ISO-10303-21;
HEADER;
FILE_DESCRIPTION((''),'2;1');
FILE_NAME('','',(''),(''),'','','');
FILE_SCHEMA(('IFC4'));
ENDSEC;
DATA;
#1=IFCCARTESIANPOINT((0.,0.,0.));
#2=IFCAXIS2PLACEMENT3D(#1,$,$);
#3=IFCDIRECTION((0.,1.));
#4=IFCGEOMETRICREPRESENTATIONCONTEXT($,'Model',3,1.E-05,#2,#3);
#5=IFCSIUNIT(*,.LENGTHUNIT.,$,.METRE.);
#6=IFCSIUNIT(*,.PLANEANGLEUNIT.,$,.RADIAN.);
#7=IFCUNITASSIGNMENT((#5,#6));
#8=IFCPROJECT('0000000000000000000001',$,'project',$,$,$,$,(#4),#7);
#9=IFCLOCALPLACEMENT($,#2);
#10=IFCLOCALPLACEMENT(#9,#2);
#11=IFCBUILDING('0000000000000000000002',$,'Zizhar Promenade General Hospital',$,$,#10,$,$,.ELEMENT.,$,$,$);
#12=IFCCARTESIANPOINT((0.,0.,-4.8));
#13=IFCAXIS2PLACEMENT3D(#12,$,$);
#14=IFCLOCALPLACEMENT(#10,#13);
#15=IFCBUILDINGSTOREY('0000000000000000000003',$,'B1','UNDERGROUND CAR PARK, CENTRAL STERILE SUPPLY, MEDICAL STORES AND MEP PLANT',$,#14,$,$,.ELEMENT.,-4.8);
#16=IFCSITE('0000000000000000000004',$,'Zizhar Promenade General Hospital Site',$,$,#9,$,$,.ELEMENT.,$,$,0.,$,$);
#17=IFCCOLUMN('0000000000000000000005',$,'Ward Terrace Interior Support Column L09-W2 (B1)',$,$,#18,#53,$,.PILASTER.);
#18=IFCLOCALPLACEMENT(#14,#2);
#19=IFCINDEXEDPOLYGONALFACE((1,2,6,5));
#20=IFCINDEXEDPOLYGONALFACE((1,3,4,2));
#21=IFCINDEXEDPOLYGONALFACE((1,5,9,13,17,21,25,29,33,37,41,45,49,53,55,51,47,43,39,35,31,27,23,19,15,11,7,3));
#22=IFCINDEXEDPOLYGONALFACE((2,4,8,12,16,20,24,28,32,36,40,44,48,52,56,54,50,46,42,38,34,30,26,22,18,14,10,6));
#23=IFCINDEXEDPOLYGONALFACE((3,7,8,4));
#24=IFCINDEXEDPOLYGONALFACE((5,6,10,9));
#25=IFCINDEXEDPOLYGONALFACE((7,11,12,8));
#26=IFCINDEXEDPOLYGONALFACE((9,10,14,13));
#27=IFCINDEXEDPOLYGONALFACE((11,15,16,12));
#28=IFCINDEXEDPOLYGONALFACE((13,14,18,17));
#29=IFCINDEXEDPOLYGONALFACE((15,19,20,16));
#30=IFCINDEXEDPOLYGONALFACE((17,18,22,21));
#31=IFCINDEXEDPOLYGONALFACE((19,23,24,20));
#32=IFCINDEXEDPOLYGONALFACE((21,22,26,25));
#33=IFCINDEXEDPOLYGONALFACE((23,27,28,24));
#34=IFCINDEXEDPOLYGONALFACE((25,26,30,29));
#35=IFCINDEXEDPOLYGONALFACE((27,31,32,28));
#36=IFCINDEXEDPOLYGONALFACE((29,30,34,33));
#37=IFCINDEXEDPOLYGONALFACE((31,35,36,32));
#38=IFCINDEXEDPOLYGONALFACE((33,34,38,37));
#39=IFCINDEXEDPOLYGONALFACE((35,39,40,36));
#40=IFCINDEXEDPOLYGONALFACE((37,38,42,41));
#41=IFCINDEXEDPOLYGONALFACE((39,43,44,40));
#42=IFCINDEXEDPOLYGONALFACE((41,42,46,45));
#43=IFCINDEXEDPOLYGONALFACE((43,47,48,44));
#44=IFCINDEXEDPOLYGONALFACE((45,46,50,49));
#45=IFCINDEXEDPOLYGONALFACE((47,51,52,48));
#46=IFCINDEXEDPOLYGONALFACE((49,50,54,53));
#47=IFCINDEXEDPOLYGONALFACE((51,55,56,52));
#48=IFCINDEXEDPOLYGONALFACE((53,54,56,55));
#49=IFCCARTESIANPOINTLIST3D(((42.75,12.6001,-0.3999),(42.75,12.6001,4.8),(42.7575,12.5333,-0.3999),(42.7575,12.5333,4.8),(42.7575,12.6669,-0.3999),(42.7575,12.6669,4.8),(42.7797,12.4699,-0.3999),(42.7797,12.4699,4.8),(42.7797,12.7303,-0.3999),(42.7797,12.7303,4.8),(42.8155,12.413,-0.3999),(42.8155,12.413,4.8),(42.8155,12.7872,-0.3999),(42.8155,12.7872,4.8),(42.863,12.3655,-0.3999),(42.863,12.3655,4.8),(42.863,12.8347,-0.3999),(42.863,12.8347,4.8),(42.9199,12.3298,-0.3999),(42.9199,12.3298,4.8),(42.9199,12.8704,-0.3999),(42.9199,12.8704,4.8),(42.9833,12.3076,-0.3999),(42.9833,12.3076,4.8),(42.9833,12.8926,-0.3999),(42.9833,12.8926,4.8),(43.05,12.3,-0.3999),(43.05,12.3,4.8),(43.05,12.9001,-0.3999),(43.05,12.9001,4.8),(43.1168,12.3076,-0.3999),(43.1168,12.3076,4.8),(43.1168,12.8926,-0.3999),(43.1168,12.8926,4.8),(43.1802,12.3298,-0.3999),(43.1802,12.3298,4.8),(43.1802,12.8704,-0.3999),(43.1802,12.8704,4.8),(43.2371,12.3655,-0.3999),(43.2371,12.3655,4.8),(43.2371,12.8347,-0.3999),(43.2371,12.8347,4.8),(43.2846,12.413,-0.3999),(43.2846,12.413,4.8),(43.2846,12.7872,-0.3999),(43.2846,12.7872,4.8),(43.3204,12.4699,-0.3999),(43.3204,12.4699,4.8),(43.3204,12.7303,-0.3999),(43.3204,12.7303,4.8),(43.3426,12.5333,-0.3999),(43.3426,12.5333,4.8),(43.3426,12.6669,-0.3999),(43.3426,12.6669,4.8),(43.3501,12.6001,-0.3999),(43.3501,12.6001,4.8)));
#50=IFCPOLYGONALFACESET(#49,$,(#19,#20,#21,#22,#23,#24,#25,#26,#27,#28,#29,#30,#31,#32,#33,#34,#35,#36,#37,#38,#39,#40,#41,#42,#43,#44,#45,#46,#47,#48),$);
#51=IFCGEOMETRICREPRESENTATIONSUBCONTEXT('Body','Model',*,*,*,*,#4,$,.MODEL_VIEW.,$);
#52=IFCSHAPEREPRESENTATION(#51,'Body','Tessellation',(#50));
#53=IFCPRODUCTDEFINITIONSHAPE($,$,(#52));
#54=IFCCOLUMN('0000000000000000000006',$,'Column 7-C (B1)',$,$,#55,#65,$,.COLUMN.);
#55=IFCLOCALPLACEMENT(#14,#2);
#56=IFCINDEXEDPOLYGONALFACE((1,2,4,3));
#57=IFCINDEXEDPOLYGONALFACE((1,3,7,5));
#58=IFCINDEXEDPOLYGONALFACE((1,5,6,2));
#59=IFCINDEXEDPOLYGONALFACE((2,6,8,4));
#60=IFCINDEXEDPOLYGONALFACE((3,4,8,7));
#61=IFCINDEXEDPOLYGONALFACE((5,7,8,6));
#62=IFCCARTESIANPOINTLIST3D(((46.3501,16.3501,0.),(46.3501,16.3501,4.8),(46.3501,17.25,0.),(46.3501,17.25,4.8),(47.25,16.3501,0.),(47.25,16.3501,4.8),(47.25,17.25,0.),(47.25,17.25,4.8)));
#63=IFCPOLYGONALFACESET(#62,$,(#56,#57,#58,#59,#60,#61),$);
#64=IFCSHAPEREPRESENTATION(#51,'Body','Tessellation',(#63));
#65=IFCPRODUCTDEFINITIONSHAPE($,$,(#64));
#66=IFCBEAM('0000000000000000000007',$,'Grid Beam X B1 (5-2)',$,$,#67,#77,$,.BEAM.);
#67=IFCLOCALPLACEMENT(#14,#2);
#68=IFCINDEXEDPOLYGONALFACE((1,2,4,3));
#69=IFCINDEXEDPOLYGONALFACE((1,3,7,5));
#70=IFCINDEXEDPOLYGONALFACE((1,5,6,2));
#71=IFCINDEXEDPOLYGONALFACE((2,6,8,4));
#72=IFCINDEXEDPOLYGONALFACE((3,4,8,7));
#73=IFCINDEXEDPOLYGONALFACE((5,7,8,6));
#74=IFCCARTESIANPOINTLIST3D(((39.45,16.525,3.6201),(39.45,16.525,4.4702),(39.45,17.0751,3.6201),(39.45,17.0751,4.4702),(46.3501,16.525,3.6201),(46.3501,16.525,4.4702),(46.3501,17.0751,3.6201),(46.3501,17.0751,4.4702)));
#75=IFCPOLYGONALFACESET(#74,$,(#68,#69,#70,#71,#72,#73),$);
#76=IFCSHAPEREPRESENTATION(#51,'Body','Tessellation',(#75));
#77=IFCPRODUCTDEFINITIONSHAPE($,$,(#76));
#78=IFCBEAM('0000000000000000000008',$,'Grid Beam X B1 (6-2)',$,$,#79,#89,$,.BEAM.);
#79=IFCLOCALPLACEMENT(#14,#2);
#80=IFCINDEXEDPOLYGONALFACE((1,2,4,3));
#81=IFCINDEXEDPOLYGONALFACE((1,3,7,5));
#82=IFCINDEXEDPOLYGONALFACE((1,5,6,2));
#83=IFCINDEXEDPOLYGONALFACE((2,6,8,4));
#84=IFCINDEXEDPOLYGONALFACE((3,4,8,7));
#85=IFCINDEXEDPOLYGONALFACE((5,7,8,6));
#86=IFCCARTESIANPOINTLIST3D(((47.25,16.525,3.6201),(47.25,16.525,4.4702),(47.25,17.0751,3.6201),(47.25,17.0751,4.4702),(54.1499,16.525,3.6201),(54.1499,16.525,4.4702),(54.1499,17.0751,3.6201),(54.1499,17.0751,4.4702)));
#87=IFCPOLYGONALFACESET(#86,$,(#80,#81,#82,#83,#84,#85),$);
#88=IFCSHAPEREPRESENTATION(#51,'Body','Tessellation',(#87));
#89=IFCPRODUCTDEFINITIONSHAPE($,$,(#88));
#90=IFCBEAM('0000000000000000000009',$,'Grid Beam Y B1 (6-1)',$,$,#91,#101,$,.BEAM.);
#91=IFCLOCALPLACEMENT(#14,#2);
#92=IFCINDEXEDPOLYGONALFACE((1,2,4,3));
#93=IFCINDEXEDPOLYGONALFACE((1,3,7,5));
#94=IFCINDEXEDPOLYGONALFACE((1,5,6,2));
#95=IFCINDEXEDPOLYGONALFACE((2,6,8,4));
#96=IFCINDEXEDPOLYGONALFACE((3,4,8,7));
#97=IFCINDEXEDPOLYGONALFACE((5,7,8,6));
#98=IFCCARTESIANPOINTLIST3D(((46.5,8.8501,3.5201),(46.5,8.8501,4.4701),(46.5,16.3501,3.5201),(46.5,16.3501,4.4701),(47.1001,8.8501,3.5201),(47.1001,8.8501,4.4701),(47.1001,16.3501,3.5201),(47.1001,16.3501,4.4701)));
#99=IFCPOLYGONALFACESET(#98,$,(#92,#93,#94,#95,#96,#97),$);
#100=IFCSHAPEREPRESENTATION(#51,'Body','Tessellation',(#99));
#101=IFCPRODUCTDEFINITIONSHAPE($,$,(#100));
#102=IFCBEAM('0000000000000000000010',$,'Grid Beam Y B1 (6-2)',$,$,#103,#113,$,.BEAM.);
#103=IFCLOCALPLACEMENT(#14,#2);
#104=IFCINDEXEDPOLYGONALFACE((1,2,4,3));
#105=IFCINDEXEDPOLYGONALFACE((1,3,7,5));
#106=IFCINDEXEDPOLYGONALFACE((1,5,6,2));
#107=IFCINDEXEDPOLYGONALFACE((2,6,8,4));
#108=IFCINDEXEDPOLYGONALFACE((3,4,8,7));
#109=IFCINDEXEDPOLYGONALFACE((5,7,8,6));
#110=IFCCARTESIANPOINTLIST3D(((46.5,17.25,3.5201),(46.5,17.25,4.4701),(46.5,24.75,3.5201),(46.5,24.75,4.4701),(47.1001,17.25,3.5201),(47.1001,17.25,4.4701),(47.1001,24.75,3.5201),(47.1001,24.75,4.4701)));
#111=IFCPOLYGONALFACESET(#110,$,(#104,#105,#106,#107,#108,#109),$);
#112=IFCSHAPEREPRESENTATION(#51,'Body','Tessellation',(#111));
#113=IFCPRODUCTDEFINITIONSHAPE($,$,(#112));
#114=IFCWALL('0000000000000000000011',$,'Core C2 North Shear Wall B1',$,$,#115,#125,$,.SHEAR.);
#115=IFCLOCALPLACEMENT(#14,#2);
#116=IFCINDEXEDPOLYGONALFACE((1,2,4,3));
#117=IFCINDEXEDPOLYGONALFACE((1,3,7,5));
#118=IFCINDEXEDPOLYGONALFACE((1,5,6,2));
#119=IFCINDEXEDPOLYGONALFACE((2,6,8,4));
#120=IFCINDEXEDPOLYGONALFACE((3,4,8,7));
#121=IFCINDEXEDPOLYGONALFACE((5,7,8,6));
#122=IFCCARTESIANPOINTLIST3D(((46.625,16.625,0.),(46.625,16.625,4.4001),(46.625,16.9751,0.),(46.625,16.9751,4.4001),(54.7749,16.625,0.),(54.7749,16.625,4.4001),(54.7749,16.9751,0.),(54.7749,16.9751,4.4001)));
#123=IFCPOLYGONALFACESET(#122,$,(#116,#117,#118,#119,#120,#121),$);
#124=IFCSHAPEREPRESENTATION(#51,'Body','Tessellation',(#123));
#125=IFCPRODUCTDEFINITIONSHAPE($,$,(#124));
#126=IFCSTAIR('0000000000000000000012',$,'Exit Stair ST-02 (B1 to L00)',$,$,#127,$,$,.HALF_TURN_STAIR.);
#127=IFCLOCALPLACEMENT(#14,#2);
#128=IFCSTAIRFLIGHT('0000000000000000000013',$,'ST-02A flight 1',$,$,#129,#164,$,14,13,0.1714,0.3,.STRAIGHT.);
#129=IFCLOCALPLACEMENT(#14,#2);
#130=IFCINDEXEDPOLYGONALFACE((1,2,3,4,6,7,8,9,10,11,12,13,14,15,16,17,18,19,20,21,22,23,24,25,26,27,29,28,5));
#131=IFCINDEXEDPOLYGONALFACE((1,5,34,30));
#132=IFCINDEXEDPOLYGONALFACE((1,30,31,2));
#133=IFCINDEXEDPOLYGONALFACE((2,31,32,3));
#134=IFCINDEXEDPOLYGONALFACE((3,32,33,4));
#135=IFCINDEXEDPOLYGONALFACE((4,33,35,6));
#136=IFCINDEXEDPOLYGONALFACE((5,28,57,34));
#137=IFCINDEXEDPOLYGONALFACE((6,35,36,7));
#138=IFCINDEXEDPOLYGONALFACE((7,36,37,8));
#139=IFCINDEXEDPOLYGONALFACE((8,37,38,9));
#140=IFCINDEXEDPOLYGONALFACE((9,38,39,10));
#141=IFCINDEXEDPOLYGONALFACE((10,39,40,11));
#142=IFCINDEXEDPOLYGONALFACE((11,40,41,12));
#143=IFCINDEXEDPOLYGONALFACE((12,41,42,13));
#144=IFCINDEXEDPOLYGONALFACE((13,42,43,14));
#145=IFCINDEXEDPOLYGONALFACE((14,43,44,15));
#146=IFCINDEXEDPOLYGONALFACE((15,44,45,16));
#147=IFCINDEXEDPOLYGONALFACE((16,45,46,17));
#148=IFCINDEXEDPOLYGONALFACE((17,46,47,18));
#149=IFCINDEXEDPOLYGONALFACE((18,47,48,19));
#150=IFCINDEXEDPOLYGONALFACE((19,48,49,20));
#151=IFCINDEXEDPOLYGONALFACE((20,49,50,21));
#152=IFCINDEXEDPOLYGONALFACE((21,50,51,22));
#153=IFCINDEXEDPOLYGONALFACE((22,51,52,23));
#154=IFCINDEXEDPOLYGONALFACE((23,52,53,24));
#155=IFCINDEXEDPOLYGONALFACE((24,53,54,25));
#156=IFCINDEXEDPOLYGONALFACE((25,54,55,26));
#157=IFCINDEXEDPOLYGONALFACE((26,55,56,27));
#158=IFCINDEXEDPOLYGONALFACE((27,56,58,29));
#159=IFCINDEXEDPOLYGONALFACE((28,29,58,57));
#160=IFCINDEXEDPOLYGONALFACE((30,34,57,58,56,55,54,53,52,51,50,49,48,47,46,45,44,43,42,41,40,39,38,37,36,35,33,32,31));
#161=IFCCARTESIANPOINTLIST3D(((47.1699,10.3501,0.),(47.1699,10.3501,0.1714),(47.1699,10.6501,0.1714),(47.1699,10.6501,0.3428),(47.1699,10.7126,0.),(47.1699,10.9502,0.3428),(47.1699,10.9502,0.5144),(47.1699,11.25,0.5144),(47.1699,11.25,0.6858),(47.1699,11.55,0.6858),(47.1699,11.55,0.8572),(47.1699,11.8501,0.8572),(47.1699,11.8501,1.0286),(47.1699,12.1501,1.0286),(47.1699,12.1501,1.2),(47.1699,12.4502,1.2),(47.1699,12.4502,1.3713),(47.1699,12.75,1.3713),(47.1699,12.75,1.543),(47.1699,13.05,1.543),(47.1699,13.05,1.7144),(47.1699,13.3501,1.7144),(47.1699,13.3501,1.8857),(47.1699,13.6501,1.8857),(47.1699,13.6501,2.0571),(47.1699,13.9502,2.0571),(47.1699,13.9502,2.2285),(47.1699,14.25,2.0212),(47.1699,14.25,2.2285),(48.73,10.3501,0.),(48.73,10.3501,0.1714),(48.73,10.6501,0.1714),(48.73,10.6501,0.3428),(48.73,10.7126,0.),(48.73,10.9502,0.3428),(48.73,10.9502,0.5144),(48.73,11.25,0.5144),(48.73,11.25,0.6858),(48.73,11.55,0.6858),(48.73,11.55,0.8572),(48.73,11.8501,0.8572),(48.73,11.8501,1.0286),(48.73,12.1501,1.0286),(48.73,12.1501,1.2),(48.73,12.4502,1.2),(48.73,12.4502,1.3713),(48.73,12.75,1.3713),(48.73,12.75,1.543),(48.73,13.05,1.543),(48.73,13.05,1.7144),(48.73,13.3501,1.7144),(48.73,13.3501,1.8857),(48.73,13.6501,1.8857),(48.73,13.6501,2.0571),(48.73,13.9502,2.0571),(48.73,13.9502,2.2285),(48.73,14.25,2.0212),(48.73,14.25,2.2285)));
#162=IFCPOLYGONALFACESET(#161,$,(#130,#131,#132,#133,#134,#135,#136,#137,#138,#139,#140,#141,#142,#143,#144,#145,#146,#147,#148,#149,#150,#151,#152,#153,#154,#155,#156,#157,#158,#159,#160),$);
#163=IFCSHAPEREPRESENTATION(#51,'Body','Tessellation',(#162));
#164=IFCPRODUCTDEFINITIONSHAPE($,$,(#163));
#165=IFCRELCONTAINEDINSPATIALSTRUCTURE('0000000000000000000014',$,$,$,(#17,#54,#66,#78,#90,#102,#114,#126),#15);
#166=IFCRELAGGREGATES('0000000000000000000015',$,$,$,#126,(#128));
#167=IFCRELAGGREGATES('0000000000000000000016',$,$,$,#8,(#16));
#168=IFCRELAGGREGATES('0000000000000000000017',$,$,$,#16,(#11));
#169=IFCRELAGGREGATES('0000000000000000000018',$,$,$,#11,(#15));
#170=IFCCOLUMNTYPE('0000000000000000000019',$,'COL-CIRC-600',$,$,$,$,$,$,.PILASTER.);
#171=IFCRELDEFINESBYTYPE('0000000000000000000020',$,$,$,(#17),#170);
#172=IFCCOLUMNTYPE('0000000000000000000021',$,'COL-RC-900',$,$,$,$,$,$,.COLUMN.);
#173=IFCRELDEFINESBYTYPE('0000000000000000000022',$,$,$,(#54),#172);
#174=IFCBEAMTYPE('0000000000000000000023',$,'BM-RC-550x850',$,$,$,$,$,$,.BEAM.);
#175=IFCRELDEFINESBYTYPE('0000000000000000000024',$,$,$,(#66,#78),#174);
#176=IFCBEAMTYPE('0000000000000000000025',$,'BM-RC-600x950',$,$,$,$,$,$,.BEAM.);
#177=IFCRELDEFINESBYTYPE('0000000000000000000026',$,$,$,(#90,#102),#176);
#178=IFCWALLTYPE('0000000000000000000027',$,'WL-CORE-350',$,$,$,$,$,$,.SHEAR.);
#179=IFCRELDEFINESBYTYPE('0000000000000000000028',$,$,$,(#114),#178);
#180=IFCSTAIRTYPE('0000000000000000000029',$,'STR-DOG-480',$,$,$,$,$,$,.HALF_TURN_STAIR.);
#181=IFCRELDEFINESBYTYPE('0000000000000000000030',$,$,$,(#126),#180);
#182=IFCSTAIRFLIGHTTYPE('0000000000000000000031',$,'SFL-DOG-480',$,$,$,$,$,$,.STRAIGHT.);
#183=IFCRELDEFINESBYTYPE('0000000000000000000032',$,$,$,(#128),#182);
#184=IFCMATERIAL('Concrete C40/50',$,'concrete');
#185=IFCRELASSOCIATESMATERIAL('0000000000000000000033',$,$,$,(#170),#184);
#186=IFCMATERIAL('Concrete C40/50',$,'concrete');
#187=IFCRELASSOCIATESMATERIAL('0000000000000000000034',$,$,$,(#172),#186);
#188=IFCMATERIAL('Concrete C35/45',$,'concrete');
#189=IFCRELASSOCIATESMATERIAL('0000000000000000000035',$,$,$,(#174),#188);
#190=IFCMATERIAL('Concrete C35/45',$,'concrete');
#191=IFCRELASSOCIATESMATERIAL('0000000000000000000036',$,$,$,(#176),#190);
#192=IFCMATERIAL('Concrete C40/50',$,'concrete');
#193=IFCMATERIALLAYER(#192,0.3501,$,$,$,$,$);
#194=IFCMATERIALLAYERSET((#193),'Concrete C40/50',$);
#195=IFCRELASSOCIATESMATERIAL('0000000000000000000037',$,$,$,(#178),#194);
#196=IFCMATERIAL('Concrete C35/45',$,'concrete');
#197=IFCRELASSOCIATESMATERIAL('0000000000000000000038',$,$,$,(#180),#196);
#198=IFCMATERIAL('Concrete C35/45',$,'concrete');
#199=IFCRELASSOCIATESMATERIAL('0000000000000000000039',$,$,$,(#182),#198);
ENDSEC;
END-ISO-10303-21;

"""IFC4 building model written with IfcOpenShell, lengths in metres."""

from ifc_helpers import new_model, si_unit, direction, frame, frame_2d, origin, origin_2d, place, context, subcontext, project, spatial, polyline, rectangle, circle, outline, extrude, material, layer, layer_set, material_profile, profile_set, type_object, element, aggregate, save


model = new_model("IFC4")

# Units and contexts
model_context = context("Model", 3, precision=1e-05, world=origin(), true_north=direction((0.0, 1.0)))
body_context = subcontext(model_context, "Body", "Model", "MODEL_VIEW")
ifc_project = project(units=[si_unit("LENGTHUNIT", "METRE"), si_unit("PLANEANGLEUNIT", "RADIAN")], contexts=[model_context])

# Site, building, storey
site_placement = place(None, origin())
site = spatial("IfcSite", under=ifc_project, at=site_placement, Name="Zizhar Promenade General Hospital Site", CompositionType="ELEMENT", RefElevation=0.0)
building_placement = place(site_placement, origin())
building = spatial("IfcBuilding", under=site, at=building_placement, Name="Zizhar Promenade General Hospital", CompositionType="ELEMENT")
storey_placement = place(building_placement, frame((0.0, 0.0, -4.8)))
storey = spatial("IfcBuildingStorey", under=building, at=storey_placement, Name="B1", Description="UNDERGROUND CAR PARK, CENTRAL STERILE SUPPLY, MEDICAL STORES AND MEP PLANT", CompositionType="ELEMENT", Elevation=-4.8)

# Columns
ifc_material_1 = material(Name="Concrete C40/50", Category="concrete")
ifc_material_profile_1 = material_profile(ifc_material_1, circle(Radius=0.3, at=origin_2d()))
ifc_profile_set_1 = profile_set([ifc_material_profile_1], Name="Concrete C40/50")
column_type_1 = type_object("IfcColumnType", Name="COL-CIRC-600", PredefinedType="PILASTER", material=ifc_profile_set_1)
column_1_placement = place(storey_placement, frame((43.05, 12.6001, -0.3999), z_axis=(0.0, 0.0, 1.0), x_axis=(1.0, 0.0, 0.0)))
element("IfcColumn", 1, at=column_1_placement, inside=storey, type_object=column_type_1, Name="Ward Terrace Interior Support Column L09-W2 (B1)", PredefinedType="PILASTER", context=body_context, shape_type="SweptSolid", body=[
    extrude(circle(Radius=0.3, at=origin_2d()), origin(), (0.0, 0.0, 1.0), 5.2),
])
ifc_material_2 = material(Name="Concrete C40/50", Category="concrete")
ifc_material_profile_2 = material_profile(ifc_material_2, rectangle(XDim=0.8999, YDim=0.8999, at=origin_2d()))
ifc_profile_set_2 = profile_set([ifc_material_profile_2], Name="Concrete C40/50")
column_type_2 = type_object("IfcColumnType", Name="COL-RC-900", PredefinedType="COLUMN", material=ifc_profile_set_2)
column_2_placement = place(storey_placement, frame((46.8, 16.8, 0.0), z_axis=(0.0, 0.0, 1.0), x_axis=(1.0, 0.0, 0.0)))
element("IfcColumn", 2, at=column_2_placement, inside=storey, type_object=column_type_2, Name="Column 7-C (B1)", PredefinedType="COLUMN", context=body_context, shape_type="SweptSolid", body=[
    extrude(rectangle(XDim=0.8999, YDim=0.8999, at=origin_2d()), origin(), (0.0, 0.0, 1.0), 4.8),
])

# Beams
ifc_material_3 = material(Name="Concrete C35/45", Category="concrete")
ifc_material_profile_3 = material_profile(ifc_material_3, rectangle(XDim=0.55, YDim=0.8501, at=origin_2d()))
ifc_profile_set_3 = profile_set([ifc_material_profile_3], Name="Concrete C35/45")
beam_type_1 = type_object("IfcBeamType", Name="BM-RC-550x850", PredefinedType="BEAM", material=ifc_profile_set_3)
beam_1_placement = place(storey_placement, frame((39.45, 16.8, 4.0452), z_axis=(1.0, 0.0, 0.0), x_axis=(0.0, 1.0, 0.0)))
element("IfcBeam", 3, at=beam_1_placement, inside=storey, type_object=beam_type_1, Name="Grid Beam X B1 (5-2)", PredefinedType="BEAM", context=body_context, shape_type="SweptSolid", body=[
    extrude(rectangle(XDim=0.55, YDim=0.8501, at=origin_2d()), origin(), (0.0, 0.0, 1.0), 6.9001),
])
beam_2_placement = place(storey_placement, frame((47.25, 16.8, 4.0452), z_axis=(1.0, 0.0, 0.0), x_axis=(0.0, 1.0, 0.0)))
element("IfcBeam", 4, at=beam_2_placement, inside=storey, type_object=beam_type_1, Name="Grid Beam X B1 (6-2)", PredefinedType="BEAM", context=body_context, shape_type="SweptSolid", body=[
    extrude(rectangle(XDim=0.55, YDim=0.8501, at=origin_2d()), origin(), (0.0, 0.0, 1.0), 6.8999),
])
ifc_material_4 = material(Name="Concrete C35/45", Category="concrete")
ifc_material_profile_4 = material_profile(ifc_material_4, rectangle(XDim=0.6001, YDim=0.95, at=origin_2d()))
ifc_profile_set_4 = profile_set([ifc_material_profile_4], Name="Concrete C35/45")
beam_type_2 = type_object("IfcBeamType", Name="BM-RC-600x950", PredefinedType="BEAM", material=ifc_profile_set_4)
for number, where, z_axis, x_axis, name in (
    (5, (46.8, 8.8501, 3.9951), (0.0, 1.0, 0.0), (-1.0, 0.0, 0.0), "Grid Beam Y B1 (6-1)"),
    (6, (46.8, 17.25, 3.9951), (0.0, 1.0, 0.0), (-1.0, 0.0, 0.0), "Grid Beam Y B1 (6-2)"),
):
    element("IfcBeam", number, at=place(storey_placement, frame(where, z_axis=z_axis, x_axis=x_axis)), inside=storey, type_object=beam_type_2, Name=name, PredefinedType="BEAM", context=body_context, shape_type="SweptSolid", body=[
        extrude(rectangle(XDim=0.6001, YDim=0.95, at=origin_2d()), origin(), (0.0, 0.0, 1.0), 7.5),
    ])

# Wall
ifc_material_5 = material(Name="Concrete C40/50", Category="concrete")
ifc_layer = layer(ifc_material_5, 0.3501)
ifc_layer_set = layer_set([ifc_layer], Name="Concrete C40/50")
wall_type = type_object("IfcWallType", Name="WL-CORE-350", PredefinedType="SHEAR", material=ifc_layer_set)
wall_placement = place(storey_placement, frame((46.625, 16.8, 0.0), z_axis=(0.0, 0.0, 1.0), x_axis=(1.0, 0.0, 0.0)))
element("IfcWall", 7, at=wall_placement, inside=storey, type_object=wall_type, Name="Core C2 North Shear Wall B1", PredefinedType="SHEAR", context=body_context, shape_type="SweptSolid", body=[
    extrude(rectangle(XDim=8.1499, YDim=0.3501, at=frame_2d((4.075, 0.0))), origin(), (0.0, 0.0, 1.0), 4.4001),
])

# Stair, stair flight
ifc_material_6 = material(Name="Concrete C35/45", Category="concrete")
stair_type = type_object("IfcStairType", Name="STR-DOG-480", PredefinedType="HALF_TURN_STAIR", material=ifc_material_6)
stair_placement = place(storey_placement, origin())
stair = element("IfcStair", 8, at=stair_placement, inside=storey, type_object=stair_type, Name="Exit Stair ST-02 (B1 to L00)", PredefinedType="HALF_TURN_STAIR")
ifc_material_7 = material(Name="Concrete C35/45", Category="concrete")
stair_flight_type = type_object("IfcStairFlightType", Name="SFL-DOG-480", PredefinedType="STRAIGHT", material=ifc_material_7)
stair_flight_1_placement = place(storey_placement, frame((47.95, 10.3501, 0.0), z_axis=(0.0, 0.0, 1.0), x_axis=(0.0, 1.0, 0.0)))
stair_flight_1 = element("IfcStairFlight", 9, at=stair_flight_1_placement, type_object=stair_flight_type, Name="ST-02A flight 1", NumberOfRisers=14, NumberOfTreads=13, PredefinedType="STRAIGHT", RiserHeight=0.1714, TreadLength=0.3, context=body_context, shape_type="SweptSolid", body=[
    extrude(outline(polyline([(0.0, 0.0), (0.0, 0.1714), (0.3, 0.1714), (0.3, 0.3428), (0.6001, 0.3428), (0.6001, 0.5144), (0.8999, 0.5144), (0.8999, 0.6858), (1.2, 0.6858), (1.2, 0.8572), (1.5, 0.8572), (1.5, 1.0286), (1.8, 1.0286), (1.8, 1.2), (2.1001, 1.2), (2.1001, 1.3713), (2.3999, 1.3713), (2.3999, 1.543), (2.7, 1.543), (2.7, 1.7144), (3.0, 1.7144), (3.0, 1.8857), (3.3, 1.8857), (3.3, 2.0571), (3.6001, 2.0571), (3.6001, 2.2285), (3.8999, 2.2285), (3.8999, 2.3999), (3.8999, 2.0212), (0.3625, 0.0), (0.0, 0.0)])), frame((0.0, 0.78, 0.0), z_axis=(0.0, -1.0, 0.0), x_axis=(1.0, 0.0, 0.0)), (0.0, 0.0, 1.0), 1.5601),
])
aggregate(stair, [stair_flight_1])

save(model, "model.ifc")
